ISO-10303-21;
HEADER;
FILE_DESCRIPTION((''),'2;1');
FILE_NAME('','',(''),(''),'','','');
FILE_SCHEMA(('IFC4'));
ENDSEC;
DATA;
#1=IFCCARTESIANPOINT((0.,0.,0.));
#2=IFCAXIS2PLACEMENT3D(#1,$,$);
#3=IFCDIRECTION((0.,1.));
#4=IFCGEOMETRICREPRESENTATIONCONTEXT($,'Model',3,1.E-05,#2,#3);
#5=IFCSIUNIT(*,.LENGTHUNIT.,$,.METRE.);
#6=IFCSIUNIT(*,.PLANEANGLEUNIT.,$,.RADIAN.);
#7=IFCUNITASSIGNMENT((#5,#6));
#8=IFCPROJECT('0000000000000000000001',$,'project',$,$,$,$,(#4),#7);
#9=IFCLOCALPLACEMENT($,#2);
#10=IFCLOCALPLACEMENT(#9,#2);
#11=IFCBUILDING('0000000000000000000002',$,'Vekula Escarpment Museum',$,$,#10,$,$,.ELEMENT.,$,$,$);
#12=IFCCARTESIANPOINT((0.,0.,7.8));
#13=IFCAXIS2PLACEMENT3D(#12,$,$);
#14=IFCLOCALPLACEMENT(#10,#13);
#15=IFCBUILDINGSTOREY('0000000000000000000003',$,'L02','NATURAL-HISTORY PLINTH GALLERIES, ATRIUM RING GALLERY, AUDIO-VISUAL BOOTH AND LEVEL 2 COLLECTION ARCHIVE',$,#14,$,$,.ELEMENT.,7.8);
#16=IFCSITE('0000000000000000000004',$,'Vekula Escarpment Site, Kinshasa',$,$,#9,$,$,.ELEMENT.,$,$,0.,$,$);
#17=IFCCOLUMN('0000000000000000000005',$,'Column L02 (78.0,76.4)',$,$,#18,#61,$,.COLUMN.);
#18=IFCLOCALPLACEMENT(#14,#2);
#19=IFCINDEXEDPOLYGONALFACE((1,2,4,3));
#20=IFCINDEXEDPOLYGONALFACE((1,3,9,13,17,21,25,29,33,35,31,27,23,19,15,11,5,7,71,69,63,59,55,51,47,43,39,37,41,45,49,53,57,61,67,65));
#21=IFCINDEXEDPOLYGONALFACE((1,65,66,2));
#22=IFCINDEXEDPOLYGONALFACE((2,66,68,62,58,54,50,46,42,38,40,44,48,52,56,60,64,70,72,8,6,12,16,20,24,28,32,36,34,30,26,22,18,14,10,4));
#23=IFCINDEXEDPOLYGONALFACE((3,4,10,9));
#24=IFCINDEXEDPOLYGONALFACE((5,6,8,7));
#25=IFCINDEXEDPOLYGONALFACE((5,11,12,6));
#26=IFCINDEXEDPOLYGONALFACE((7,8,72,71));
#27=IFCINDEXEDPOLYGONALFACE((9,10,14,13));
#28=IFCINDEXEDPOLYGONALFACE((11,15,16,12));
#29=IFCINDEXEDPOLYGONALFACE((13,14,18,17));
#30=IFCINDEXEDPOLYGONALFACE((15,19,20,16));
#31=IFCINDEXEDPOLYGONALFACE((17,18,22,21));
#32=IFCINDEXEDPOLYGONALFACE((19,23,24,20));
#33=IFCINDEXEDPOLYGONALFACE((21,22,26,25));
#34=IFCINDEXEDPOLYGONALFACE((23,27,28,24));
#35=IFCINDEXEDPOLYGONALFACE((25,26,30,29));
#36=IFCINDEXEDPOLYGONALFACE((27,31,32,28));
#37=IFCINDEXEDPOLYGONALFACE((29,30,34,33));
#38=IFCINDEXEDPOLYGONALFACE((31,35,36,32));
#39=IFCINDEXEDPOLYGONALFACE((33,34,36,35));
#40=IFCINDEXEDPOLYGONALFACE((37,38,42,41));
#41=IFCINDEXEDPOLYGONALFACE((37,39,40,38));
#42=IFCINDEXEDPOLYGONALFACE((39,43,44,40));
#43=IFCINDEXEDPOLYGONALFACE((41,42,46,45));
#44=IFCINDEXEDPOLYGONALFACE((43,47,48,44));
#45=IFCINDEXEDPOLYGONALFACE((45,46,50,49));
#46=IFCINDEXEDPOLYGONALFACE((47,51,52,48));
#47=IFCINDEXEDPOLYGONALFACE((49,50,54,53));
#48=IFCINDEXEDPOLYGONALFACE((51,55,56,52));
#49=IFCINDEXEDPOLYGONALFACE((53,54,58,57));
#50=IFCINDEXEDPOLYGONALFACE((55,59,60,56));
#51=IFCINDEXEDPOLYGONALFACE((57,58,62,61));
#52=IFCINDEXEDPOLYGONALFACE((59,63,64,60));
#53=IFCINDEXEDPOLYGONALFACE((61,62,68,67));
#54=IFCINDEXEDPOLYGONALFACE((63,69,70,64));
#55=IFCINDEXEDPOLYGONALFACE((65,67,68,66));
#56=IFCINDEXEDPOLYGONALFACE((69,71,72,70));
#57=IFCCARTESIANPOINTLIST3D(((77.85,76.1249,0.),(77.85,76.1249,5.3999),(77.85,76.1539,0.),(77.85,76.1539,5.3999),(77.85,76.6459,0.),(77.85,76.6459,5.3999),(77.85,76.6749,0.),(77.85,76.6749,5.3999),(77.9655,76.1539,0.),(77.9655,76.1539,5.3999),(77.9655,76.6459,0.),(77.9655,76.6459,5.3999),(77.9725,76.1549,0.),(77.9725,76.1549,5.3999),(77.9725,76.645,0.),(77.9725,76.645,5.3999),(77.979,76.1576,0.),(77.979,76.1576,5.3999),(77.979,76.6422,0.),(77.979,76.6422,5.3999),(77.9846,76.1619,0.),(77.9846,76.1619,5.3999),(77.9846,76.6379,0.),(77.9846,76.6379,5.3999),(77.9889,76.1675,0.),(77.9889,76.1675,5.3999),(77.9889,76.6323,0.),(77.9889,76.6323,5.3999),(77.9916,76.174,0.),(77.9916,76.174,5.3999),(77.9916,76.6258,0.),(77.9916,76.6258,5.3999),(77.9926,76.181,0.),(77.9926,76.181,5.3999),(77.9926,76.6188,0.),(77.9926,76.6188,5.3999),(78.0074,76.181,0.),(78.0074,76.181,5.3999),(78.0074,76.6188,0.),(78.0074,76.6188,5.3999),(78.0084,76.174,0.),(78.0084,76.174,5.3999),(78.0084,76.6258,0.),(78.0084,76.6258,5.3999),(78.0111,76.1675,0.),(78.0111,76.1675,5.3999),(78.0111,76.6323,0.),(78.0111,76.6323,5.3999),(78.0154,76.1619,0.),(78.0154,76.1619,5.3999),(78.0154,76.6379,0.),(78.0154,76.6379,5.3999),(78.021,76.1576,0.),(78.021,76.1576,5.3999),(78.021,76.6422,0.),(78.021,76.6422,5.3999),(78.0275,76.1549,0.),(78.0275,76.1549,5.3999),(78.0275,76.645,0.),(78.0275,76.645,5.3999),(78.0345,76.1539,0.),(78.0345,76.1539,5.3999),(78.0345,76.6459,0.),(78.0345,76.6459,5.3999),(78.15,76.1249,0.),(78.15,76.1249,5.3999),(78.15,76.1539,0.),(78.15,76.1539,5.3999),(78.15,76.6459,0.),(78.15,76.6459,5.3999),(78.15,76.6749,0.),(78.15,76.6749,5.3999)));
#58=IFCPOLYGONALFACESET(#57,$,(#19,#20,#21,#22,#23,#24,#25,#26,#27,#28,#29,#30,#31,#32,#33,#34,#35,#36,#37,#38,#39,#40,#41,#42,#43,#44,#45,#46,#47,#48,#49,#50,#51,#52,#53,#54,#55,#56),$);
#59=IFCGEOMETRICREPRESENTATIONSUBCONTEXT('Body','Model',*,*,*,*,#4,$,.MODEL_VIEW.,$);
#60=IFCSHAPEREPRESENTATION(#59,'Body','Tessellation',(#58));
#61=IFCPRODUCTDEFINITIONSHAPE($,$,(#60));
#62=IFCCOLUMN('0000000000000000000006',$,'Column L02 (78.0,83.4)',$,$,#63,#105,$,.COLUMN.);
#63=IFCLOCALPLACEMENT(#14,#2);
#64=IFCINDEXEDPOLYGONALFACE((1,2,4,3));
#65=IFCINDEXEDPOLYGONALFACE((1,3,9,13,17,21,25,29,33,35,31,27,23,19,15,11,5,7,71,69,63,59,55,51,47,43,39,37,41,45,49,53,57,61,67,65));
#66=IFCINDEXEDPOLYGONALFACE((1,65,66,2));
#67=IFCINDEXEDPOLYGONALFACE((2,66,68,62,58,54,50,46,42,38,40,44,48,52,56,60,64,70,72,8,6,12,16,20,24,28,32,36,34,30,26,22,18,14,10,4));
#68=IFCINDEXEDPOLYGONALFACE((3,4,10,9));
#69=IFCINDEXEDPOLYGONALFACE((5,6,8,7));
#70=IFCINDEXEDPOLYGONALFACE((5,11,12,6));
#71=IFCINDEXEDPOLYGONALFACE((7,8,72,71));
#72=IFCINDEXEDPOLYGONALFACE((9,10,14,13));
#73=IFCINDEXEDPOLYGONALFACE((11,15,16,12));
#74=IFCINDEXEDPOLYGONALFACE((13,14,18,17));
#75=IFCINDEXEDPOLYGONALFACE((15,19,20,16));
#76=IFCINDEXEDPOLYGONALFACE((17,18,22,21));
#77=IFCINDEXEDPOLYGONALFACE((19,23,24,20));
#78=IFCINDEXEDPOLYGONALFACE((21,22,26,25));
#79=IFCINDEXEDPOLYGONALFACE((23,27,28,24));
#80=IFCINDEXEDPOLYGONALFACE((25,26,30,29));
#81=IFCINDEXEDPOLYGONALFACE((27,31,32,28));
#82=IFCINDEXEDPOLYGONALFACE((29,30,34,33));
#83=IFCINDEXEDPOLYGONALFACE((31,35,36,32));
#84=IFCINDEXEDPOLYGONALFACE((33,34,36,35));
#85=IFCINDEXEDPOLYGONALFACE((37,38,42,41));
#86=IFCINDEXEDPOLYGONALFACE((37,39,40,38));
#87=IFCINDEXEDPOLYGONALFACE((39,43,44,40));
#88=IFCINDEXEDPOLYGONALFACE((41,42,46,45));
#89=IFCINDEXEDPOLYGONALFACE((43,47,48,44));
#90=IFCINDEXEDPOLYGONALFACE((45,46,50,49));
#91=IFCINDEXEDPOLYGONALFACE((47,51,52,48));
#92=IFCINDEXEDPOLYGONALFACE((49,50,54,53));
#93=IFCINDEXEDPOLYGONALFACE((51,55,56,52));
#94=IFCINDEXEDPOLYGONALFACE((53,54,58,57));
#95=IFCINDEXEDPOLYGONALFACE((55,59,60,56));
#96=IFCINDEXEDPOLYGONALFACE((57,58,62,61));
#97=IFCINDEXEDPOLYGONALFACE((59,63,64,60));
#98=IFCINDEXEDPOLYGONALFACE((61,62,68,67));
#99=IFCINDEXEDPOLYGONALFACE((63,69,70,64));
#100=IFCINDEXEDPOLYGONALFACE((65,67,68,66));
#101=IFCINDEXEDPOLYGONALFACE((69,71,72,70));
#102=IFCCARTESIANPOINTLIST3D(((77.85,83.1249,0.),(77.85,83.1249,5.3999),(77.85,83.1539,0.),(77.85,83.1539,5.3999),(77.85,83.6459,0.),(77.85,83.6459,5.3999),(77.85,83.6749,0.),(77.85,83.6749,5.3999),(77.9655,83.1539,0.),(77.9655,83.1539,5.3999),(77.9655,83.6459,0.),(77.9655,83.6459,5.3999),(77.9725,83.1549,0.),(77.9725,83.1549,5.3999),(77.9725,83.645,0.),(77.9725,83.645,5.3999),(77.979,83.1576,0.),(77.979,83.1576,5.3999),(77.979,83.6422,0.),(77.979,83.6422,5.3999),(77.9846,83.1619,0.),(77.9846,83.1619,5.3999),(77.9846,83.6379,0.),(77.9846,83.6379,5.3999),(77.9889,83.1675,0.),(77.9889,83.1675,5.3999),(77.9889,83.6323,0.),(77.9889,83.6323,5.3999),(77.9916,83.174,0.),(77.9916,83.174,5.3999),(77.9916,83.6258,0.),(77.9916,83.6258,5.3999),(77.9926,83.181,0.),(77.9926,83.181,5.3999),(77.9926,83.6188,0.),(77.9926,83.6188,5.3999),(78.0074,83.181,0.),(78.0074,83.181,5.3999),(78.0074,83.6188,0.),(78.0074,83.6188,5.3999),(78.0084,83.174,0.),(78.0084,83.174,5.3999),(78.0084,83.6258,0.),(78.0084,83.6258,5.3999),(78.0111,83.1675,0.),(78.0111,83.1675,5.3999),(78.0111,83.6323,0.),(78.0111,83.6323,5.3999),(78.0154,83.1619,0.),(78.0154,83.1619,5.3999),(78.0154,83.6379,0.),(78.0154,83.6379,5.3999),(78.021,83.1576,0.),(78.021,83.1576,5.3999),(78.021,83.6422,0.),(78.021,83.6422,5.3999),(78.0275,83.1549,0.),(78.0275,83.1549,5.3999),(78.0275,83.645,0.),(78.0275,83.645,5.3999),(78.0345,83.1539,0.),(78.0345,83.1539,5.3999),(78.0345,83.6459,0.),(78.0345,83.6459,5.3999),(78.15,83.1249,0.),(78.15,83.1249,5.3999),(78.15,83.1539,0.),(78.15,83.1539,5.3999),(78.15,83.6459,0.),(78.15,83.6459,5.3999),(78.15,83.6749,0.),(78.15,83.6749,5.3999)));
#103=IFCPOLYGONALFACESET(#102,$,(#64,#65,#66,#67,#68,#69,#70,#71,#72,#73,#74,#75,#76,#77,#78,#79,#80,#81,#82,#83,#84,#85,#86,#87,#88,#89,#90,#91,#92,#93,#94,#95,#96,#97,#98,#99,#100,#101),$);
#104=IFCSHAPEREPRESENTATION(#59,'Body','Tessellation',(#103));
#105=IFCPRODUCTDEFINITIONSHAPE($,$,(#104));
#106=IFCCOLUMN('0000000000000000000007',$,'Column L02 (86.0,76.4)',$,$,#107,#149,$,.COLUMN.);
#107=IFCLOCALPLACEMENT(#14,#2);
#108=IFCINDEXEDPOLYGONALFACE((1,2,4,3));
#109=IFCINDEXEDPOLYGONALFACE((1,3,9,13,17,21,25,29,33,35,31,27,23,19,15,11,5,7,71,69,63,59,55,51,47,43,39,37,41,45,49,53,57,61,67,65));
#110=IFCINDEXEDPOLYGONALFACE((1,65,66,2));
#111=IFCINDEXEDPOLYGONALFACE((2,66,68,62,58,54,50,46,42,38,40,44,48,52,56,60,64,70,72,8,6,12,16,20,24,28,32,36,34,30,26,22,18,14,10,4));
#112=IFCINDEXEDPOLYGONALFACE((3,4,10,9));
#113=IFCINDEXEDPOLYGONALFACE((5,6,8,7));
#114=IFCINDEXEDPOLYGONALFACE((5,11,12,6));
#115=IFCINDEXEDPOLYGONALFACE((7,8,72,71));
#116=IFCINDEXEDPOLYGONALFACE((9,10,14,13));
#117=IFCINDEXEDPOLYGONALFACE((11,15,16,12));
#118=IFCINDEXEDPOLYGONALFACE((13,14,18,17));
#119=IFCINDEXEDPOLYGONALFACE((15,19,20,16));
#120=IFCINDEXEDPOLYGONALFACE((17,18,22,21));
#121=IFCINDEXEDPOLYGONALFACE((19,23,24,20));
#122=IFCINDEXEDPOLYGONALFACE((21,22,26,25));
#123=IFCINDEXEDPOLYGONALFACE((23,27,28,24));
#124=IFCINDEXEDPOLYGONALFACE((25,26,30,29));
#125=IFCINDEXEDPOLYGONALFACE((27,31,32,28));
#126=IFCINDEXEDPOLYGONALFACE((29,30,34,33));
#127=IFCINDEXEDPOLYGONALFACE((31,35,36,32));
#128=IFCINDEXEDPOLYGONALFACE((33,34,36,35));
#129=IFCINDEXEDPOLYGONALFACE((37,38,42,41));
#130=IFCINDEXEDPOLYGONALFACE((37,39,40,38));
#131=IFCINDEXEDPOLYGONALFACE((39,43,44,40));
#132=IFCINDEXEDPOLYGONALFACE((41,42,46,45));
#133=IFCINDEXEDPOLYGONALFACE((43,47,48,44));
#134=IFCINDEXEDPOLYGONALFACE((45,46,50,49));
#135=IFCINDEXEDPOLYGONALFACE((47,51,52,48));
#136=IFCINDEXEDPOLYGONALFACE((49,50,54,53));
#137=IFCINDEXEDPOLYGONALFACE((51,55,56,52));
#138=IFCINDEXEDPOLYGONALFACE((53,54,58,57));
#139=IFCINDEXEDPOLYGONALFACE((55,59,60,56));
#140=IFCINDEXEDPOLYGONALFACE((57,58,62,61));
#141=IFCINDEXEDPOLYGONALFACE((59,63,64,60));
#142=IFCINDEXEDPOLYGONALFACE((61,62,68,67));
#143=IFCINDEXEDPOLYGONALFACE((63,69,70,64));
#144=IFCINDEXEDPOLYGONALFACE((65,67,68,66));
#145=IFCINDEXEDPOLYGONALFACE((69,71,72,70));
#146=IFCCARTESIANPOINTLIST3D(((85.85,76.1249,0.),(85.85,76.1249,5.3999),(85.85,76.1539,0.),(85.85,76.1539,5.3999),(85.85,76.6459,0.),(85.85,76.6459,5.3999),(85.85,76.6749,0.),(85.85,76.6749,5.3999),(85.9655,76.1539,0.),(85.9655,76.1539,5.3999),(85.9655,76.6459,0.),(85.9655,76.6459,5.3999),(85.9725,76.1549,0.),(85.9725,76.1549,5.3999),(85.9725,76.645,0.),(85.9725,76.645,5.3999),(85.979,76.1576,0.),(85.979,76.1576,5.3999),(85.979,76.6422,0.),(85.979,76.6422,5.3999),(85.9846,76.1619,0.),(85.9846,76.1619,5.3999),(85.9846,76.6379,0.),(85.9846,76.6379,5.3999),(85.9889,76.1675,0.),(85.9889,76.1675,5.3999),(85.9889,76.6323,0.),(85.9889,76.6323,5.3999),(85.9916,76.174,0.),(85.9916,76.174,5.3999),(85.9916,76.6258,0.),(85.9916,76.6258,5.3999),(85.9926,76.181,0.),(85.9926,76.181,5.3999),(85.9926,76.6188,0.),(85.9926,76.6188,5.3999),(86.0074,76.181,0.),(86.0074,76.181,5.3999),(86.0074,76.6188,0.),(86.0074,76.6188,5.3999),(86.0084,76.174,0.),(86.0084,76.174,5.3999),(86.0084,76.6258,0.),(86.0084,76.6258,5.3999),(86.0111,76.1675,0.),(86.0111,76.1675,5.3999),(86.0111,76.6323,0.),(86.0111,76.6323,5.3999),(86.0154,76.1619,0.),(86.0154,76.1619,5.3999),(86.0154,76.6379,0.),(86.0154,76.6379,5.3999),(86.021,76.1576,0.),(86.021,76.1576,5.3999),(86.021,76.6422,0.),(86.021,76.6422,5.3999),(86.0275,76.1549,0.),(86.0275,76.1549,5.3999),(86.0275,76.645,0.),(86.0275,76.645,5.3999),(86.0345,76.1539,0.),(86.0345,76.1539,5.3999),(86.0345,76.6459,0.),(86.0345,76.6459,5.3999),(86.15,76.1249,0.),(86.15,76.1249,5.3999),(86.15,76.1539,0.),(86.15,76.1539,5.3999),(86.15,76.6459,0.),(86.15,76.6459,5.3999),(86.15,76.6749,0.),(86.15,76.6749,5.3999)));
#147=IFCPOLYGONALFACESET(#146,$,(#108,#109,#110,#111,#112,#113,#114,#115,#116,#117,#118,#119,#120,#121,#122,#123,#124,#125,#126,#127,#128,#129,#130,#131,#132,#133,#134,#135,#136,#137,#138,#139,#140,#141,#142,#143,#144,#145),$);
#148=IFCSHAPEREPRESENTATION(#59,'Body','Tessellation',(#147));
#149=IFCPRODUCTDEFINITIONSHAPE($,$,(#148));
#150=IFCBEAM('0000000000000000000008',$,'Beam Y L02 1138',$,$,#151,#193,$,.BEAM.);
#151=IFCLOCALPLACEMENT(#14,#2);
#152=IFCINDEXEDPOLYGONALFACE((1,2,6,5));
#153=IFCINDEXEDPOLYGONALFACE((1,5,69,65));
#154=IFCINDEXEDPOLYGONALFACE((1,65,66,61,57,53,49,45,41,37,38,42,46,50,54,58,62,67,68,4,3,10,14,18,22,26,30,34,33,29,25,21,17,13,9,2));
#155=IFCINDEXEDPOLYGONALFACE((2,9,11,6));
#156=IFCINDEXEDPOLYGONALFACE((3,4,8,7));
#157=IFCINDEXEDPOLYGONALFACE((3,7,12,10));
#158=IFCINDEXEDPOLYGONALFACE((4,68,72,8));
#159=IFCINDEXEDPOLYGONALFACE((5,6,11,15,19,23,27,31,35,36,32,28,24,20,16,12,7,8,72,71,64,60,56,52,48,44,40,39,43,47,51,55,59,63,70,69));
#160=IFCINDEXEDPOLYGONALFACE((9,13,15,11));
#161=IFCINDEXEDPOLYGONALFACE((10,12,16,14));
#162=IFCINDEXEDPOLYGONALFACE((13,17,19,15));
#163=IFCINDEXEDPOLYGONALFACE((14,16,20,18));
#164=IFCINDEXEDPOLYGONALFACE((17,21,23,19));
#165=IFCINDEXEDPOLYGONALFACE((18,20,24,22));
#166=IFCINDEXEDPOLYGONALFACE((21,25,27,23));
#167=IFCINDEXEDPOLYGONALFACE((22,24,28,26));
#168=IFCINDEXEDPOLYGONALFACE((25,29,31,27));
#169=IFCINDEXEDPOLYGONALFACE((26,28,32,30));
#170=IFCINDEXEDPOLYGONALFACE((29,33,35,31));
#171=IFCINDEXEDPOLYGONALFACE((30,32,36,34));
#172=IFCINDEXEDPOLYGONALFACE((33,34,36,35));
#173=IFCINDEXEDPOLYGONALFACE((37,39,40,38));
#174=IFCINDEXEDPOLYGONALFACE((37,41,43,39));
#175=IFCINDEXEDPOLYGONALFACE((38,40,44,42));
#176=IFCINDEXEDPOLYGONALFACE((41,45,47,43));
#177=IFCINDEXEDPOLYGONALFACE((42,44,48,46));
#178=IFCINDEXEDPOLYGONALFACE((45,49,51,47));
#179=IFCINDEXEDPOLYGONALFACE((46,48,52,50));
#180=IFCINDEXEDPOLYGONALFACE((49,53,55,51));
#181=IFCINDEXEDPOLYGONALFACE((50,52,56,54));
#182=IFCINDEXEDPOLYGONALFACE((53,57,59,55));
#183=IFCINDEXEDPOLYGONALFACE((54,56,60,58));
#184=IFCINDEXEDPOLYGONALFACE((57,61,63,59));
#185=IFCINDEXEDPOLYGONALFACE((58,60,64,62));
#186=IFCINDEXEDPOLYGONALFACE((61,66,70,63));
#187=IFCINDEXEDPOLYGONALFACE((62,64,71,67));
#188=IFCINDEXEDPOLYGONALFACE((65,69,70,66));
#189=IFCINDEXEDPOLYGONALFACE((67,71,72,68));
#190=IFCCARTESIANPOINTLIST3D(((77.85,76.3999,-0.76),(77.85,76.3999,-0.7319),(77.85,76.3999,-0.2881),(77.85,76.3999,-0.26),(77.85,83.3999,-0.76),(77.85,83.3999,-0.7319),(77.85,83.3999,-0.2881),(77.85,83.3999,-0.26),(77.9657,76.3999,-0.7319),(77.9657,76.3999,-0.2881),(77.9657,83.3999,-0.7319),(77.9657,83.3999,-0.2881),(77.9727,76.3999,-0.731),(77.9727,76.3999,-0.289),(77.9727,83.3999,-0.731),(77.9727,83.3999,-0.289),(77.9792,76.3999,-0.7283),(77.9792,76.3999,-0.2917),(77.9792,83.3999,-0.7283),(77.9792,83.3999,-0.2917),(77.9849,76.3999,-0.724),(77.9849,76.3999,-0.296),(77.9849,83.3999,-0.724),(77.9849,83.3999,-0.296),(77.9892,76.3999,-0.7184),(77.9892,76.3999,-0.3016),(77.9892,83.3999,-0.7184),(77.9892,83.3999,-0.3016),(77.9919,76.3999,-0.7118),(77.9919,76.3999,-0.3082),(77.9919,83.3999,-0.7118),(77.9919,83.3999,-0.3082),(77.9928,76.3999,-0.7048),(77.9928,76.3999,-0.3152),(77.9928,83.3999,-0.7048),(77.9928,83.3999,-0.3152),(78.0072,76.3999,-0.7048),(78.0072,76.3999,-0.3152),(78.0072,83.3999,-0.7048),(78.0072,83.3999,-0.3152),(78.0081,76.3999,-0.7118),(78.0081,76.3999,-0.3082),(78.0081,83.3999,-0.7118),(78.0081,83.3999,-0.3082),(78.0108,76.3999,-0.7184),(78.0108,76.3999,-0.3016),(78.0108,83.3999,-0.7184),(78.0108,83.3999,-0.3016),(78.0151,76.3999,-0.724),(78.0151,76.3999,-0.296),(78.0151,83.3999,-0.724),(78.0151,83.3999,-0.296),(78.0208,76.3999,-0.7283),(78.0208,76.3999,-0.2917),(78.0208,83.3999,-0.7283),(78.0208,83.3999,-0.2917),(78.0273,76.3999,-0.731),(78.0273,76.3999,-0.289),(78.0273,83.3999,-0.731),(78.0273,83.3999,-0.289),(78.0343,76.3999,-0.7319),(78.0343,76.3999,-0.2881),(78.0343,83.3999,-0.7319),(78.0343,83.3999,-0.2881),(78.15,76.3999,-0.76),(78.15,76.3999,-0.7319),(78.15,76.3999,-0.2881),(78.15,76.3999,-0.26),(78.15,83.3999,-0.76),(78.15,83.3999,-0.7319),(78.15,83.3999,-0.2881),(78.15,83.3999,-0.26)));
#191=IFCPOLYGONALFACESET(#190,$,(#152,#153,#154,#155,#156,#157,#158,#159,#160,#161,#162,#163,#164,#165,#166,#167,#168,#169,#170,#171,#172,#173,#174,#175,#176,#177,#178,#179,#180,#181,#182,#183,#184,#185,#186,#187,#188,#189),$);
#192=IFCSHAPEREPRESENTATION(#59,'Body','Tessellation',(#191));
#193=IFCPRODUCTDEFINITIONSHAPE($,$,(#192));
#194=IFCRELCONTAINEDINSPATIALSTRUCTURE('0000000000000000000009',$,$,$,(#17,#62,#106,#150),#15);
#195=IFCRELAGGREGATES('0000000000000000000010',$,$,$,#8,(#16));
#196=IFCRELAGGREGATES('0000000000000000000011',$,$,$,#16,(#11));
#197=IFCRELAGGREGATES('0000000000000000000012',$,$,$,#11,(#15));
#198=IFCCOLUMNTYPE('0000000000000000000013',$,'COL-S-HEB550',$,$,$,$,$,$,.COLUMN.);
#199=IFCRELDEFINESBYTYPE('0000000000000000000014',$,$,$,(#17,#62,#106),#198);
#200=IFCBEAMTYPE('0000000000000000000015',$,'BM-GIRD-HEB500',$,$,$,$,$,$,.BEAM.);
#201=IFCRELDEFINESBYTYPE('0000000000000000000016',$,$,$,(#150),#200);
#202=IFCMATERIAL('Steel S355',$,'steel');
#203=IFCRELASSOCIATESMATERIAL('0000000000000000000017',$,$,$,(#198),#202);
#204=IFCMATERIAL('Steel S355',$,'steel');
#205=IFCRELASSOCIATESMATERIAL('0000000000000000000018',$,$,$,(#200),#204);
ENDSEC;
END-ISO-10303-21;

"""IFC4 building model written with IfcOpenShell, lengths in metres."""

from ifc_helpers import new_model, si_unit, direction, frame, origin, origin_2d, place, context, subcontext, project, spatial, i_section, extrude, material, material_profile, profile_set, type_object, element, save


model = new_model("IFC4")

# Units and contexts
model_context = context("Model", 3, precision=1e-05, world=origin(), true_north=direction((0.0, 1.0)))
body_context = subcontext(model_context, "Body", "Model", "MODEL_VIEW")
ifc_project = project(units=[si_unit("LENGTHUNIT", "METRE"), si_unit("PLANEANGLEUNIT", "RADIAN")], contexts=[model_context])

# Site, building, storey
site_placement = place(None, origin())
site = spatial("IfcSite", under=ifc_project, at=site_placement, Name="Vekula Escarpment Site, Kinshasa", CompositionType="ELEMENT", RefElevation=0.0)
building_placement = place(site_placement, origin())
building = spatial("IfcBuilding", under=site, at=building_placement, Name="Vekula Escarpment Museum", CompositionType="ELEMENT")
storey_placement = place(building_placement, frame((0.0, 0.0, 7.8)))
storey = spatial("IfcBuildingStorey", under=building, at=storey_placement, Name="L02", Description="NATURAL-HISTORY PLINTH GALLERIES, ATRIUM RING GALLERY, AUDIO-VISUAL BOOTH AND LEVEL 2 COLLECTION ARCHIVE", CompositionType="ELEMENT", Elevation=7.8)

# Columns
ifc_material_1 = material(Name="Steel S355", Category="steel")
ifc_material_profile_1 = material_profile(ifc_material_1, i_section(OverallWidth=0.3, OverallDepth=0.55, WebThickness=0.0149, FlangeThickness=0.0291, FilletRadius=0.0271, at=origin_2d()), Name="HEB 550")
ifc_profile_set_1 = profile_set([ifc_material_profile_1], Name="Steel S355")
column_type = type_object("IfcColumnType", Name="COL-S-HEB550", PredefinedType="COLUMN", material=ifc_profile_set_1)
for number, where, z_axis, x_axis, name in (
    (1, (78.0, 76.3999, 0.0), (0.0, 0.0, 1.0), (1.0, 0.0, 0.0), "Column L02 (78.0,76.4)"),
    (2, (78.0, 83.3999, 0.0), (0.0, 0.0, 1.0), (1.0, 0.0, 0.0), "Column L02 (78.0,83.4)"),
    (3, (86.0, 76.3999, 0.0), (0.0, 0.0, 1.0), (1.0, 0.0, 0.0), "Column L02 (86.0,76.4)"),
):
    element("IfcColumn", number, at=place(storey_placement, frame(where, z_axis=z_axis, x_axis=x_axis)), inside=storey, type_object=column_type, Name=name, PredefinedType="COLUMN", context=body_context, shape_type="SweptSolid", body=[
        extrude(i_section(OverallWidth=0.3, OverallDepth=0.55, WebThickness=0.0149, FlangeThickness=0.0291, FilletRadius=0.0271, at=origin_2d()), origin(), (0.0, 0.0, 1.0), 5.3999),
    ])

# Beam
ifc_material_2 = material(Name="Steel S355", Category="steel")
ifc_material_profile_2 = material_profile(ifc_material_2, i_section(OverallWidth=0.3, OverallDepth=0.5, WebThickness=0.0144, FlangeThickness=0.0281, FilletRadius=0.0271, at=origin_2d()), Name="HEB 500")
ifc_profile_set_2 = profile_set([ifc_material_profile_2], Name="Steel S355")
beam_type_1 = type_object("IfcBeamType", Name="BM-GIRD-HEB500", PredefinedType="BEAM", material=ifc_profile_set_2)
for number, where, z_axis, x_axis, name in (
    (4, (78.0, 76.3999, -0.51), (0.0, 1.0, 0.0), (-1.0, 0.0, 0.0), "Beam Y L02 1138"),
):
    element("IfcBeam", number, at=place(storey_placement, frame(where, z_axis=z_axis, x_axis=x_axis)), inside=storey, type_object=beam_type_1, Name=name, PredefinedType="BEAM", context=body_context, shape_type="SweptSolid", body=[
        extrude(i_section(OverallWidth=0.3, OverallDepth=0.5, WebThickness=0.0144, FlangeThickness=0.0281, FilletRadius=0.0271, at=origin_2d()), origin(), (0.0, 0.0, 1.0), 7.0),
    ])

save(model, "model.ifc")
